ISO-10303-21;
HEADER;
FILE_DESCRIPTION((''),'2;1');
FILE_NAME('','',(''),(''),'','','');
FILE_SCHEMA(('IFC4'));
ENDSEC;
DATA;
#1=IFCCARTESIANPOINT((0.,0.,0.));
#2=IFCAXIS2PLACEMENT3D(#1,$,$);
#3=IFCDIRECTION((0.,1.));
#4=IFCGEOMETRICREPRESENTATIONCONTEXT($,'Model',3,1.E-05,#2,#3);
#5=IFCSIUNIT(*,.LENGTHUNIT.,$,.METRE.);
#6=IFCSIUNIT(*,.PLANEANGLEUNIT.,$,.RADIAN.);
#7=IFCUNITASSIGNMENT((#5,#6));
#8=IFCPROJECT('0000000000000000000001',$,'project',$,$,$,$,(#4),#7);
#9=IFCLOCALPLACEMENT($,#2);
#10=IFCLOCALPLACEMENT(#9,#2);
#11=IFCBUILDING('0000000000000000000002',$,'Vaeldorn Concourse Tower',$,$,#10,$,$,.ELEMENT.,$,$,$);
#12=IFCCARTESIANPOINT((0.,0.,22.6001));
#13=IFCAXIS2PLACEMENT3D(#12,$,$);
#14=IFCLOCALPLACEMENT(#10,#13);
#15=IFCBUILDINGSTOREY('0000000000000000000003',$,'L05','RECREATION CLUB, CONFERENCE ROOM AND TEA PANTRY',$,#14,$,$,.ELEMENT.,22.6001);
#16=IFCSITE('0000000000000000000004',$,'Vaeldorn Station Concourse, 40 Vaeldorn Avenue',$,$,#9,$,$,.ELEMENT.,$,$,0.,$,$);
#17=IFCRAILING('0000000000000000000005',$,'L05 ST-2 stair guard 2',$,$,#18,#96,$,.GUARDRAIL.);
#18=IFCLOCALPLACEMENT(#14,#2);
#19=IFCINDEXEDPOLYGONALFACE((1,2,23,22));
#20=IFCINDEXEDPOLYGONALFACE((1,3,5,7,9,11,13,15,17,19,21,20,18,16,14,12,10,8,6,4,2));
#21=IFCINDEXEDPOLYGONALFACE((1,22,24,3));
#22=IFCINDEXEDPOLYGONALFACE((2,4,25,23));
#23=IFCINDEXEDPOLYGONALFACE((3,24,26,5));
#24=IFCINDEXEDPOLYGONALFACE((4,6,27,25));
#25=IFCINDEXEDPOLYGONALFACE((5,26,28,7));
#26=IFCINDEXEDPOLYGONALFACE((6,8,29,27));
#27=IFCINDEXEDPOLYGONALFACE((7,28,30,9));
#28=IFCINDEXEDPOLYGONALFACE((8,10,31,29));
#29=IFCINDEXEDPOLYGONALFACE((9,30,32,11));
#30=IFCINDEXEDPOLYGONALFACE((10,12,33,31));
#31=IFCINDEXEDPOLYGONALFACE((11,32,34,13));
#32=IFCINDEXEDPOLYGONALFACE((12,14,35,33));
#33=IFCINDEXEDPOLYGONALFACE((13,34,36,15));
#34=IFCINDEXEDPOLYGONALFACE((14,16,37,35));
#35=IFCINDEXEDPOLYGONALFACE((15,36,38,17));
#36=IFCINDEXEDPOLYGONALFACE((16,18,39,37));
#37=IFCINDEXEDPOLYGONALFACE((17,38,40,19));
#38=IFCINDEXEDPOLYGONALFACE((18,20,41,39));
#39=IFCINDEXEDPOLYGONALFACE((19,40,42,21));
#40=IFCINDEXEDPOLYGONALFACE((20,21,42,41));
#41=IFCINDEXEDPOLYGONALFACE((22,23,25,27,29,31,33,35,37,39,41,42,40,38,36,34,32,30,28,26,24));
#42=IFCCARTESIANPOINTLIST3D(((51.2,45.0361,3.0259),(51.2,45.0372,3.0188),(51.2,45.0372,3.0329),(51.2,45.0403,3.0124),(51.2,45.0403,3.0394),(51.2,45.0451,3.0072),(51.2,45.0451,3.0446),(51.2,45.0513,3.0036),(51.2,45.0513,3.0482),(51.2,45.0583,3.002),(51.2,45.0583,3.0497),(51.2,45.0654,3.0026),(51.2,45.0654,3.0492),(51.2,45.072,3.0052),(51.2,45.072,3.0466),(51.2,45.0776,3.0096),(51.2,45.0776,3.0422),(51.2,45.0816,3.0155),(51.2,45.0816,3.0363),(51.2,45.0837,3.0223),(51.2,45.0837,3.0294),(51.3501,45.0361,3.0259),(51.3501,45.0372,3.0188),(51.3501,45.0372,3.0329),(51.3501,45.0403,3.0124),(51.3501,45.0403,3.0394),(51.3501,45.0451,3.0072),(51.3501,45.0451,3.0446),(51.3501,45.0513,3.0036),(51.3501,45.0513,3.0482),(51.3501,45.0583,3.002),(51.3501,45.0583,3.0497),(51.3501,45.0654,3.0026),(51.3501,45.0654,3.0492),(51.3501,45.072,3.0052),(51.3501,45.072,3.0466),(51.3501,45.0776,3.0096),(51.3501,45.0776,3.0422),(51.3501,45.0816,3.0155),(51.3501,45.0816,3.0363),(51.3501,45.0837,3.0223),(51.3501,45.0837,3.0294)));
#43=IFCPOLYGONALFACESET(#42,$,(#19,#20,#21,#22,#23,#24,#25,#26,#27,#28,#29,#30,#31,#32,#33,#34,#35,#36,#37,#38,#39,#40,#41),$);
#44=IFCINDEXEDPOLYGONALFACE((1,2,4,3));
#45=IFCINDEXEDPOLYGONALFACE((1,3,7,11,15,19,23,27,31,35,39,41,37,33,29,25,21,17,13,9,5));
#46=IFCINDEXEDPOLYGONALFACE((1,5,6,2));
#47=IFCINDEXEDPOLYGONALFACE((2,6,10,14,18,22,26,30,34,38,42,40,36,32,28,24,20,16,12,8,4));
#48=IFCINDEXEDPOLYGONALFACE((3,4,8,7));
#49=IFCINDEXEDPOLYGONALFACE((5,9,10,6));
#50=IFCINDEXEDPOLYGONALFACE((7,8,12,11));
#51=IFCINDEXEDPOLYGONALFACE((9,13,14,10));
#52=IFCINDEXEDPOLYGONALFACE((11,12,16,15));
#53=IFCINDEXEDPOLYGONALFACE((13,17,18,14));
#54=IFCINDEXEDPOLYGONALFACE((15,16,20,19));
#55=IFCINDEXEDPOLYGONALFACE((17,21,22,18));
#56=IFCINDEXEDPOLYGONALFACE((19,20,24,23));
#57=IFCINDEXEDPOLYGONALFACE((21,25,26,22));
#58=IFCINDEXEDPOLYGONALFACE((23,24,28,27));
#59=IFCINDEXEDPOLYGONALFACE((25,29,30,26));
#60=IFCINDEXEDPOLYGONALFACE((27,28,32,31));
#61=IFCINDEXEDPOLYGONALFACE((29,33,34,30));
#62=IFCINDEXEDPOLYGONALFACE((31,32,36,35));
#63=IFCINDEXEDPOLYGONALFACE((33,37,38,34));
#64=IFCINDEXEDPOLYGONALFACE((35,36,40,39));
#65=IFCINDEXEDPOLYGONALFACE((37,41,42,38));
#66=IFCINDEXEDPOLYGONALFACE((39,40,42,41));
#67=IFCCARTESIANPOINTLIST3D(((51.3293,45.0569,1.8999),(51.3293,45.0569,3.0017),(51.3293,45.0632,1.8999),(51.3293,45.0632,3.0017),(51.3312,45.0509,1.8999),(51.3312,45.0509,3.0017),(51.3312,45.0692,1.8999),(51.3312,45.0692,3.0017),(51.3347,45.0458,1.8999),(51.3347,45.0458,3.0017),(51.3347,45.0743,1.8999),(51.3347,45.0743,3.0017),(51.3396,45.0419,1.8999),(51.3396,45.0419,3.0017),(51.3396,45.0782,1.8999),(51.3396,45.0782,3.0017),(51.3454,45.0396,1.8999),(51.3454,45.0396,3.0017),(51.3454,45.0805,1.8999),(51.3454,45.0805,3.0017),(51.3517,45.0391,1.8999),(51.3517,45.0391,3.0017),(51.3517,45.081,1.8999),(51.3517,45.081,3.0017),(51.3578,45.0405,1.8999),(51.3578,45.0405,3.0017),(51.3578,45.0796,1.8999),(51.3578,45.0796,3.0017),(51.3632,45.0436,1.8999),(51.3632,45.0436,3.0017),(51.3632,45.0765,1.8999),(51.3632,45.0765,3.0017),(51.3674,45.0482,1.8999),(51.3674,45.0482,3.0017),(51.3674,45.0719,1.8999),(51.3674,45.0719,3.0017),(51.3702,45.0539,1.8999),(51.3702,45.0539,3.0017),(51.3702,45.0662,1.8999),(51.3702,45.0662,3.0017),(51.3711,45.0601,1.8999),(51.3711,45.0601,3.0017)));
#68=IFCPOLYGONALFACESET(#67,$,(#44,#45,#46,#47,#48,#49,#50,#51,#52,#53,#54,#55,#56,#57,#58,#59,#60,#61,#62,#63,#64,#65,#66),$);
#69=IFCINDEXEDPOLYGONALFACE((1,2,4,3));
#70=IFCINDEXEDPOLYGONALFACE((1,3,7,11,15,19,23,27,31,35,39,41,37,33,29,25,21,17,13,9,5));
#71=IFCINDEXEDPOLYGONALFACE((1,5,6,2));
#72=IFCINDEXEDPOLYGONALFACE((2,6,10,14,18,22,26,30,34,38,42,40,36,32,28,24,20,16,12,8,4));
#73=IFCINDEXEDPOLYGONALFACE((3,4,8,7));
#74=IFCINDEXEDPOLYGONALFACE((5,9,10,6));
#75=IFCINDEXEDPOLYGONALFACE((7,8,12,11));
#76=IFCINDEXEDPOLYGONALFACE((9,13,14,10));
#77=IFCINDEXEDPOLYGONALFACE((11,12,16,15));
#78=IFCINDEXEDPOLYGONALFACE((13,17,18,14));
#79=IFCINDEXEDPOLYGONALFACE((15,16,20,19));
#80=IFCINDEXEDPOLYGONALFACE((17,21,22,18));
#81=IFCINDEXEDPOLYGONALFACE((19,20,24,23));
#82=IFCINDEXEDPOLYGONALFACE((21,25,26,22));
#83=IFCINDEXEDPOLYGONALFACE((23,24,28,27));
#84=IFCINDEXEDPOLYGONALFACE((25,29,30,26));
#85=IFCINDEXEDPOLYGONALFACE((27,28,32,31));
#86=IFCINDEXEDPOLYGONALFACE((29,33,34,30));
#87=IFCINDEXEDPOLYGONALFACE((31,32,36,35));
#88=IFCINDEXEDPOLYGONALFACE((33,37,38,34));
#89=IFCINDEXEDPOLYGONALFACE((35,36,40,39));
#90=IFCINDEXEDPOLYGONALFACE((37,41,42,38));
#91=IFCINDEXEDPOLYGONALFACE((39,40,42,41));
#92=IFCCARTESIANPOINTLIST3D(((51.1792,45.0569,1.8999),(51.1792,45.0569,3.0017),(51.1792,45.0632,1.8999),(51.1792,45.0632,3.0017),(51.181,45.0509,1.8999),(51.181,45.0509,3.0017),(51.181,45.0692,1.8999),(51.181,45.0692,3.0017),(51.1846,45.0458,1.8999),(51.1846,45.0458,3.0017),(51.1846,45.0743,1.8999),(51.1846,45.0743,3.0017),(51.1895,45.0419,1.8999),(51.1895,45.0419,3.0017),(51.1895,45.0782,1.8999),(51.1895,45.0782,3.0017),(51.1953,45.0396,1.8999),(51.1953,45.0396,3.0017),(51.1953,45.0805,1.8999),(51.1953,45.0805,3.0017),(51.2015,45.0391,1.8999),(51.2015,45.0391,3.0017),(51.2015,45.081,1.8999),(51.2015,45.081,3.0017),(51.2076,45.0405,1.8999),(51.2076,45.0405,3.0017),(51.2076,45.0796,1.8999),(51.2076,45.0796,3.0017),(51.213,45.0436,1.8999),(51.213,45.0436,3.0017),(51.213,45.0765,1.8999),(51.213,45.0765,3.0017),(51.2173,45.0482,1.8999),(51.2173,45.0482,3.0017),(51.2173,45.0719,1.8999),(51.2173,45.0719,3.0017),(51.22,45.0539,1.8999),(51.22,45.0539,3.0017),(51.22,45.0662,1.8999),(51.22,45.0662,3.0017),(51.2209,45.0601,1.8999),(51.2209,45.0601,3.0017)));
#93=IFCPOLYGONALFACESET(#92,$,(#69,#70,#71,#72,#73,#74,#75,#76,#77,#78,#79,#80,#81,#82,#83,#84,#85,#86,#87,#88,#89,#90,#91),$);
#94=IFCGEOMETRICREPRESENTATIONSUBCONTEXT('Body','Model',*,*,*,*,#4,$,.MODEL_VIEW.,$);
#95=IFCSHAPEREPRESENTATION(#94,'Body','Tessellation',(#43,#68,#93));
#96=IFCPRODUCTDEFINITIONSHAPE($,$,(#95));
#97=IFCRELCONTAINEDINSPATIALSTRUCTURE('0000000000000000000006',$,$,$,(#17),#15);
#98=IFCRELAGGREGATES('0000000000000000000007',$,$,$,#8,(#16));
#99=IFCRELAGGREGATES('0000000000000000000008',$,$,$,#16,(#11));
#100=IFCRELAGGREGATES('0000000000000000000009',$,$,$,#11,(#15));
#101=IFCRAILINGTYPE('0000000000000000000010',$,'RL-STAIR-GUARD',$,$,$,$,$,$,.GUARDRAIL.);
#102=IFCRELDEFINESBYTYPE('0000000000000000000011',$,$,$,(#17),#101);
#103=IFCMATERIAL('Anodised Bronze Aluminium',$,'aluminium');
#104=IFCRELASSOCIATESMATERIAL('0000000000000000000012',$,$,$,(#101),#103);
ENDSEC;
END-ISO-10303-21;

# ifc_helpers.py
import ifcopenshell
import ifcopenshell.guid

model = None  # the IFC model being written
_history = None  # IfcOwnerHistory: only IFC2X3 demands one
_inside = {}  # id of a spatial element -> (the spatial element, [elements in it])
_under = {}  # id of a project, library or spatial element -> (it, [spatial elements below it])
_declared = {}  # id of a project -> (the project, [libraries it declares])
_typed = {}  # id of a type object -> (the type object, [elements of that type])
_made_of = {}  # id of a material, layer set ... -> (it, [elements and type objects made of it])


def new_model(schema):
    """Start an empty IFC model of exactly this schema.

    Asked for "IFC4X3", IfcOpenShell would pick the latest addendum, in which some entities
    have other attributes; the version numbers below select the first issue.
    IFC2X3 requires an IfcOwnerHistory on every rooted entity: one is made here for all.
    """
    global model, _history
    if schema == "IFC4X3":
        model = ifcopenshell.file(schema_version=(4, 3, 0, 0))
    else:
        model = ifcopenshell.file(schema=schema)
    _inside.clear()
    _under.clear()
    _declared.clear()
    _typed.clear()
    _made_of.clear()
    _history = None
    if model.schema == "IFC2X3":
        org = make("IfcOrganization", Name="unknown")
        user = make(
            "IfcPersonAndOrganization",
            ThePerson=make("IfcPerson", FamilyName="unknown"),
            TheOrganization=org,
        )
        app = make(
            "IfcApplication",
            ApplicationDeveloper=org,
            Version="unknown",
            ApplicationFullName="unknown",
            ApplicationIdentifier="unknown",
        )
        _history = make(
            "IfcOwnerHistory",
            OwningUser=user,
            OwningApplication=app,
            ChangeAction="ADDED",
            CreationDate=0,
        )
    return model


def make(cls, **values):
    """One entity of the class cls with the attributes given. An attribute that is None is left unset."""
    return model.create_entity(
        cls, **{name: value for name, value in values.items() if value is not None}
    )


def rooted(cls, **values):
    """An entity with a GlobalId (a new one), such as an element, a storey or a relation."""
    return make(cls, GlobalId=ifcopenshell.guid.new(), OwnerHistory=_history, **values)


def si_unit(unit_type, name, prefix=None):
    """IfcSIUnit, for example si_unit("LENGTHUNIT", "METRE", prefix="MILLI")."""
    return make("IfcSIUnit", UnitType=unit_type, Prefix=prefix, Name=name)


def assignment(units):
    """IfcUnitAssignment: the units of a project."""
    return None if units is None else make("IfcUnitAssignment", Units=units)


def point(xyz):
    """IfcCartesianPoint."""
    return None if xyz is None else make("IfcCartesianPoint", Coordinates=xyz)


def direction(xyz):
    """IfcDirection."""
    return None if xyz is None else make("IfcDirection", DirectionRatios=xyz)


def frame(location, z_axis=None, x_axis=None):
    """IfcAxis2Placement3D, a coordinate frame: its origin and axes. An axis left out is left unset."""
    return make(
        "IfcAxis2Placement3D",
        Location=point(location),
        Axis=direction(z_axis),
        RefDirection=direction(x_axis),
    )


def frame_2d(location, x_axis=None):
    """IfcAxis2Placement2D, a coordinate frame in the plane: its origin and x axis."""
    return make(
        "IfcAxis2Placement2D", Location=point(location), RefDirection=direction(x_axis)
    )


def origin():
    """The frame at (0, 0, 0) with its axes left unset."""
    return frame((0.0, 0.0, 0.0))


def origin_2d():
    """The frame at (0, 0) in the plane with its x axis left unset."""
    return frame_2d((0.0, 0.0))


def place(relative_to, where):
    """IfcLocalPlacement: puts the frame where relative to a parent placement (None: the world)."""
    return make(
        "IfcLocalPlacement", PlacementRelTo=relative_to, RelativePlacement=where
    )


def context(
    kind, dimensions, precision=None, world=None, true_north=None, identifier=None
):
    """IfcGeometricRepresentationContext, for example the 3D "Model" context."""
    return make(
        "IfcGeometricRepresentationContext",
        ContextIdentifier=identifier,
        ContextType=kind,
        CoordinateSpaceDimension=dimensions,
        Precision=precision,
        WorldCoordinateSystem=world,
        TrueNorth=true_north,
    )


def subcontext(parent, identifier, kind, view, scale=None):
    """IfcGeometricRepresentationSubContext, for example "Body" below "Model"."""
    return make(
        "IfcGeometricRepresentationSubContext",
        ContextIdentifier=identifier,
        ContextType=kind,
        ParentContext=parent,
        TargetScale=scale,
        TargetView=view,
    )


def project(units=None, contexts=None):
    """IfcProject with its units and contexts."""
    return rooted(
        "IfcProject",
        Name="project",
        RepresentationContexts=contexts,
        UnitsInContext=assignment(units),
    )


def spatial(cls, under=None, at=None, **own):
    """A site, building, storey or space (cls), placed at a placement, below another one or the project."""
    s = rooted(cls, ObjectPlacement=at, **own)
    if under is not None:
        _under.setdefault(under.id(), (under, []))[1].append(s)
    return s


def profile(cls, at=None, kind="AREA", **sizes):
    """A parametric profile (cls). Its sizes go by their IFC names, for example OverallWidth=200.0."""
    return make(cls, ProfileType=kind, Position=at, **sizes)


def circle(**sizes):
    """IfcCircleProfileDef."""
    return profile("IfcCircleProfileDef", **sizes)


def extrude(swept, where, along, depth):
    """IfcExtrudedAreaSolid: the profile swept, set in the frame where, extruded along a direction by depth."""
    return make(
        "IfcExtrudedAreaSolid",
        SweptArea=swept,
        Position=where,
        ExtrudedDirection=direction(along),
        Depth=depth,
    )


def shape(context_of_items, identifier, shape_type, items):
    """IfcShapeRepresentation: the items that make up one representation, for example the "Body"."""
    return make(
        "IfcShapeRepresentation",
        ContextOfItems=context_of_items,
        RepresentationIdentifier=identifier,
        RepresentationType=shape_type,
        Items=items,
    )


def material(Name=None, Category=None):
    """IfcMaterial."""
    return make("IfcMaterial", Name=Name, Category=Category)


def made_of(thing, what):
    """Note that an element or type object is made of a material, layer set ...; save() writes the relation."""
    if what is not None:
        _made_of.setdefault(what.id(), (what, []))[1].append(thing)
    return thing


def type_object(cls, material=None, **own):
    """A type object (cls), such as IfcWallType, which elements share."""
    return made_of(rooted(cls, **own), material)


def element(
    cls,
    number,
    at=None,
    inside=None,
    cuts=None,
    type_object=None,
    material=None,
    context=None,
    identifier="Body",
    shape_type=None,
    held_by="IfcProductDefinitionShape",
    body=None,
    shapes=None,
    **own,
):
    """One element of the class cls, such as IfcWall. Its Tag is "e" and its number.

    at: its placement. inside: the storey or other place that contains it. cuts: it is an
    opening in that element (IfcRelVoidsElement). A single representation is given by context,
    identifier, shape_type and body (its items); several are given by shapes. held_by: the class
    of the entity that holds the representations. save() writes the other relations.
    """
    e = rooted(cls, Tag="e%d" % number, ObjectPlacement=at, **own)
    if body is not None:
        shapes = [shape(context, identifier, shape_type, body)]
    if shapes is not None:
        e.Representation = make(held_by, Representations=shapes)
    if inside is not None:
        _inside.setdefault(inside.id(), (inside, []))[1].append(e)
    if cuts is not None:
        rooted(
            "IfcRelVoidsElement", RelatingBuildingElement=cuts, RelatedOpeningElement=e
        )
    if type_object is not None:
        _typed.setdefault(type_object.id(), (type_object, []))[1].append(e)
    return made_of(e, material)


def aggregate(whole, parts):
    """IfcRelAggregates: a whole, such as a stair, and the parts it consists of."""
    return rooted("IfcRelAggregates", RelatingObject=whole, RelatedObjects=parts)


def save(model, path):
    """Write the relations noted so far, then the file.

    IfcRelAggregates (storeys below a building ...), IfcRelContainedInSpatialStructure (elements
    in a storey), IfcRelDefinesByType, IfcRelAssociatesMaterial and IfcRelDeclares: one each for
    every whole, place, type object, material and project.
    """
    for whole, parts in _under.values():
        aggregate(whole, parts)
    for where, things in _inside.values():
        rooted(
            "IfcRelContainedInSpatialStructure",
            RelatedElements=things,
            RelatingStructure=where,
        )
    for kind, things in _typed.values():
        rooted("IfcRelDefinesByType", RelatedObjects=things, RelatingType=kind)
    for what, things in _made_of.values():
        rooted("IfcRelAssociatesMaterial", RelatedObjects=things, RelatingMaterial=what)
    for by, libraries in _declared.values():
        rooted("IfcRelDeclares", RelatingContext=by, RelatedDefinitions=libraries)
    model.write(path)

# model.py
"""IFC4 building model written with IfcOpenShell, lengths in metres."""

from ifc_helpers import new_model, si_unit, direction, frame, origin, origin_2d, place, context, subcontext, project, spatial, circle, extrude, material, type_object, element, save


model = new_model("IFC4")

# Units and contexts
model_context = context("Model", 3, precision=1e-05, world=origin(), true_north=direction((0.0, 1.0)))
body_context = subcontext(model_context, "Body", "Model", "MODEL_VIEW")
ifc_project = project(units=[si_unit("LENGTHUNIT", "METRE"), si_unit("PLANEANGLEUNIT", "RADIAN")], contexts=[model_context])

# Site, building, storey
site_placement = place(None, origin())
site = spatial("IfcSite", under=ifc_project, at=site_placement, Name="Vaeldorn Station Concourse, 40 Vaeldorn Avenue", CompositionType="ELEMENT", RefElevation=0.0)
building_placement = place(site_placement, origin())
building = spatial("IfcBuilding", under=site, at=building_placement, Name="Vaeldorn Concourse Tower", CompositionType="ELEMENT")
storey_placement = place(building_placement, frame((0.0, 0.0, 22.6001)))
storey = spatial("IfcBuildingStorey", under=building, at=storey_placement, Name="L05", Description="RECREATION CLUB, CONFERENCE ROOM AND TEA PANTRY", CompositionType="ELEMENT", Elevation=22.6001)

# Shared definitions
ifc_material_1 = material(Name="Anodised Bronze Aluminium", Category="aluminium")

# Railing
railing_type_1 = type_object("IfcRailingType", Name="RL-STAIR-GUARD", PredefinedType="GUARDRAIL", material=ifc_material_1)
railing_1_placement = place(storey_placement, frame((51.3501, 45.0601, 1.8999)))
element("IfcRailing", 1, at=railing_1_placement, inside=storey, type_object=railing_type_1, Name="L05 ST-2 stair guard 2", PredefinedType="GUARDRAIL", context=body_context, shape_type="SweptSolid", body=[
    extrude(circle(Radius=0.0239, at=origin_2d()), frame((0.0, 0.0, 1.126), z_axis=(-1.0, 0.0, 0.0), x_axis=(0.0, -1.0, 0.0)), (0.0, 0.0, 1.0), 0.1501),
    extrude(circle(Radius=0.021, at=origin_2d()), origin(), (0.0, 0.0, 1.0), 1.1018),
    extrude(circle(Radius=0.021, at=origin_2d()), frame((-0.1501, 0.0, 0.0)), (0.0, 0.0, 1.0), 1.1018),
])

save(model, "model.ifc")
